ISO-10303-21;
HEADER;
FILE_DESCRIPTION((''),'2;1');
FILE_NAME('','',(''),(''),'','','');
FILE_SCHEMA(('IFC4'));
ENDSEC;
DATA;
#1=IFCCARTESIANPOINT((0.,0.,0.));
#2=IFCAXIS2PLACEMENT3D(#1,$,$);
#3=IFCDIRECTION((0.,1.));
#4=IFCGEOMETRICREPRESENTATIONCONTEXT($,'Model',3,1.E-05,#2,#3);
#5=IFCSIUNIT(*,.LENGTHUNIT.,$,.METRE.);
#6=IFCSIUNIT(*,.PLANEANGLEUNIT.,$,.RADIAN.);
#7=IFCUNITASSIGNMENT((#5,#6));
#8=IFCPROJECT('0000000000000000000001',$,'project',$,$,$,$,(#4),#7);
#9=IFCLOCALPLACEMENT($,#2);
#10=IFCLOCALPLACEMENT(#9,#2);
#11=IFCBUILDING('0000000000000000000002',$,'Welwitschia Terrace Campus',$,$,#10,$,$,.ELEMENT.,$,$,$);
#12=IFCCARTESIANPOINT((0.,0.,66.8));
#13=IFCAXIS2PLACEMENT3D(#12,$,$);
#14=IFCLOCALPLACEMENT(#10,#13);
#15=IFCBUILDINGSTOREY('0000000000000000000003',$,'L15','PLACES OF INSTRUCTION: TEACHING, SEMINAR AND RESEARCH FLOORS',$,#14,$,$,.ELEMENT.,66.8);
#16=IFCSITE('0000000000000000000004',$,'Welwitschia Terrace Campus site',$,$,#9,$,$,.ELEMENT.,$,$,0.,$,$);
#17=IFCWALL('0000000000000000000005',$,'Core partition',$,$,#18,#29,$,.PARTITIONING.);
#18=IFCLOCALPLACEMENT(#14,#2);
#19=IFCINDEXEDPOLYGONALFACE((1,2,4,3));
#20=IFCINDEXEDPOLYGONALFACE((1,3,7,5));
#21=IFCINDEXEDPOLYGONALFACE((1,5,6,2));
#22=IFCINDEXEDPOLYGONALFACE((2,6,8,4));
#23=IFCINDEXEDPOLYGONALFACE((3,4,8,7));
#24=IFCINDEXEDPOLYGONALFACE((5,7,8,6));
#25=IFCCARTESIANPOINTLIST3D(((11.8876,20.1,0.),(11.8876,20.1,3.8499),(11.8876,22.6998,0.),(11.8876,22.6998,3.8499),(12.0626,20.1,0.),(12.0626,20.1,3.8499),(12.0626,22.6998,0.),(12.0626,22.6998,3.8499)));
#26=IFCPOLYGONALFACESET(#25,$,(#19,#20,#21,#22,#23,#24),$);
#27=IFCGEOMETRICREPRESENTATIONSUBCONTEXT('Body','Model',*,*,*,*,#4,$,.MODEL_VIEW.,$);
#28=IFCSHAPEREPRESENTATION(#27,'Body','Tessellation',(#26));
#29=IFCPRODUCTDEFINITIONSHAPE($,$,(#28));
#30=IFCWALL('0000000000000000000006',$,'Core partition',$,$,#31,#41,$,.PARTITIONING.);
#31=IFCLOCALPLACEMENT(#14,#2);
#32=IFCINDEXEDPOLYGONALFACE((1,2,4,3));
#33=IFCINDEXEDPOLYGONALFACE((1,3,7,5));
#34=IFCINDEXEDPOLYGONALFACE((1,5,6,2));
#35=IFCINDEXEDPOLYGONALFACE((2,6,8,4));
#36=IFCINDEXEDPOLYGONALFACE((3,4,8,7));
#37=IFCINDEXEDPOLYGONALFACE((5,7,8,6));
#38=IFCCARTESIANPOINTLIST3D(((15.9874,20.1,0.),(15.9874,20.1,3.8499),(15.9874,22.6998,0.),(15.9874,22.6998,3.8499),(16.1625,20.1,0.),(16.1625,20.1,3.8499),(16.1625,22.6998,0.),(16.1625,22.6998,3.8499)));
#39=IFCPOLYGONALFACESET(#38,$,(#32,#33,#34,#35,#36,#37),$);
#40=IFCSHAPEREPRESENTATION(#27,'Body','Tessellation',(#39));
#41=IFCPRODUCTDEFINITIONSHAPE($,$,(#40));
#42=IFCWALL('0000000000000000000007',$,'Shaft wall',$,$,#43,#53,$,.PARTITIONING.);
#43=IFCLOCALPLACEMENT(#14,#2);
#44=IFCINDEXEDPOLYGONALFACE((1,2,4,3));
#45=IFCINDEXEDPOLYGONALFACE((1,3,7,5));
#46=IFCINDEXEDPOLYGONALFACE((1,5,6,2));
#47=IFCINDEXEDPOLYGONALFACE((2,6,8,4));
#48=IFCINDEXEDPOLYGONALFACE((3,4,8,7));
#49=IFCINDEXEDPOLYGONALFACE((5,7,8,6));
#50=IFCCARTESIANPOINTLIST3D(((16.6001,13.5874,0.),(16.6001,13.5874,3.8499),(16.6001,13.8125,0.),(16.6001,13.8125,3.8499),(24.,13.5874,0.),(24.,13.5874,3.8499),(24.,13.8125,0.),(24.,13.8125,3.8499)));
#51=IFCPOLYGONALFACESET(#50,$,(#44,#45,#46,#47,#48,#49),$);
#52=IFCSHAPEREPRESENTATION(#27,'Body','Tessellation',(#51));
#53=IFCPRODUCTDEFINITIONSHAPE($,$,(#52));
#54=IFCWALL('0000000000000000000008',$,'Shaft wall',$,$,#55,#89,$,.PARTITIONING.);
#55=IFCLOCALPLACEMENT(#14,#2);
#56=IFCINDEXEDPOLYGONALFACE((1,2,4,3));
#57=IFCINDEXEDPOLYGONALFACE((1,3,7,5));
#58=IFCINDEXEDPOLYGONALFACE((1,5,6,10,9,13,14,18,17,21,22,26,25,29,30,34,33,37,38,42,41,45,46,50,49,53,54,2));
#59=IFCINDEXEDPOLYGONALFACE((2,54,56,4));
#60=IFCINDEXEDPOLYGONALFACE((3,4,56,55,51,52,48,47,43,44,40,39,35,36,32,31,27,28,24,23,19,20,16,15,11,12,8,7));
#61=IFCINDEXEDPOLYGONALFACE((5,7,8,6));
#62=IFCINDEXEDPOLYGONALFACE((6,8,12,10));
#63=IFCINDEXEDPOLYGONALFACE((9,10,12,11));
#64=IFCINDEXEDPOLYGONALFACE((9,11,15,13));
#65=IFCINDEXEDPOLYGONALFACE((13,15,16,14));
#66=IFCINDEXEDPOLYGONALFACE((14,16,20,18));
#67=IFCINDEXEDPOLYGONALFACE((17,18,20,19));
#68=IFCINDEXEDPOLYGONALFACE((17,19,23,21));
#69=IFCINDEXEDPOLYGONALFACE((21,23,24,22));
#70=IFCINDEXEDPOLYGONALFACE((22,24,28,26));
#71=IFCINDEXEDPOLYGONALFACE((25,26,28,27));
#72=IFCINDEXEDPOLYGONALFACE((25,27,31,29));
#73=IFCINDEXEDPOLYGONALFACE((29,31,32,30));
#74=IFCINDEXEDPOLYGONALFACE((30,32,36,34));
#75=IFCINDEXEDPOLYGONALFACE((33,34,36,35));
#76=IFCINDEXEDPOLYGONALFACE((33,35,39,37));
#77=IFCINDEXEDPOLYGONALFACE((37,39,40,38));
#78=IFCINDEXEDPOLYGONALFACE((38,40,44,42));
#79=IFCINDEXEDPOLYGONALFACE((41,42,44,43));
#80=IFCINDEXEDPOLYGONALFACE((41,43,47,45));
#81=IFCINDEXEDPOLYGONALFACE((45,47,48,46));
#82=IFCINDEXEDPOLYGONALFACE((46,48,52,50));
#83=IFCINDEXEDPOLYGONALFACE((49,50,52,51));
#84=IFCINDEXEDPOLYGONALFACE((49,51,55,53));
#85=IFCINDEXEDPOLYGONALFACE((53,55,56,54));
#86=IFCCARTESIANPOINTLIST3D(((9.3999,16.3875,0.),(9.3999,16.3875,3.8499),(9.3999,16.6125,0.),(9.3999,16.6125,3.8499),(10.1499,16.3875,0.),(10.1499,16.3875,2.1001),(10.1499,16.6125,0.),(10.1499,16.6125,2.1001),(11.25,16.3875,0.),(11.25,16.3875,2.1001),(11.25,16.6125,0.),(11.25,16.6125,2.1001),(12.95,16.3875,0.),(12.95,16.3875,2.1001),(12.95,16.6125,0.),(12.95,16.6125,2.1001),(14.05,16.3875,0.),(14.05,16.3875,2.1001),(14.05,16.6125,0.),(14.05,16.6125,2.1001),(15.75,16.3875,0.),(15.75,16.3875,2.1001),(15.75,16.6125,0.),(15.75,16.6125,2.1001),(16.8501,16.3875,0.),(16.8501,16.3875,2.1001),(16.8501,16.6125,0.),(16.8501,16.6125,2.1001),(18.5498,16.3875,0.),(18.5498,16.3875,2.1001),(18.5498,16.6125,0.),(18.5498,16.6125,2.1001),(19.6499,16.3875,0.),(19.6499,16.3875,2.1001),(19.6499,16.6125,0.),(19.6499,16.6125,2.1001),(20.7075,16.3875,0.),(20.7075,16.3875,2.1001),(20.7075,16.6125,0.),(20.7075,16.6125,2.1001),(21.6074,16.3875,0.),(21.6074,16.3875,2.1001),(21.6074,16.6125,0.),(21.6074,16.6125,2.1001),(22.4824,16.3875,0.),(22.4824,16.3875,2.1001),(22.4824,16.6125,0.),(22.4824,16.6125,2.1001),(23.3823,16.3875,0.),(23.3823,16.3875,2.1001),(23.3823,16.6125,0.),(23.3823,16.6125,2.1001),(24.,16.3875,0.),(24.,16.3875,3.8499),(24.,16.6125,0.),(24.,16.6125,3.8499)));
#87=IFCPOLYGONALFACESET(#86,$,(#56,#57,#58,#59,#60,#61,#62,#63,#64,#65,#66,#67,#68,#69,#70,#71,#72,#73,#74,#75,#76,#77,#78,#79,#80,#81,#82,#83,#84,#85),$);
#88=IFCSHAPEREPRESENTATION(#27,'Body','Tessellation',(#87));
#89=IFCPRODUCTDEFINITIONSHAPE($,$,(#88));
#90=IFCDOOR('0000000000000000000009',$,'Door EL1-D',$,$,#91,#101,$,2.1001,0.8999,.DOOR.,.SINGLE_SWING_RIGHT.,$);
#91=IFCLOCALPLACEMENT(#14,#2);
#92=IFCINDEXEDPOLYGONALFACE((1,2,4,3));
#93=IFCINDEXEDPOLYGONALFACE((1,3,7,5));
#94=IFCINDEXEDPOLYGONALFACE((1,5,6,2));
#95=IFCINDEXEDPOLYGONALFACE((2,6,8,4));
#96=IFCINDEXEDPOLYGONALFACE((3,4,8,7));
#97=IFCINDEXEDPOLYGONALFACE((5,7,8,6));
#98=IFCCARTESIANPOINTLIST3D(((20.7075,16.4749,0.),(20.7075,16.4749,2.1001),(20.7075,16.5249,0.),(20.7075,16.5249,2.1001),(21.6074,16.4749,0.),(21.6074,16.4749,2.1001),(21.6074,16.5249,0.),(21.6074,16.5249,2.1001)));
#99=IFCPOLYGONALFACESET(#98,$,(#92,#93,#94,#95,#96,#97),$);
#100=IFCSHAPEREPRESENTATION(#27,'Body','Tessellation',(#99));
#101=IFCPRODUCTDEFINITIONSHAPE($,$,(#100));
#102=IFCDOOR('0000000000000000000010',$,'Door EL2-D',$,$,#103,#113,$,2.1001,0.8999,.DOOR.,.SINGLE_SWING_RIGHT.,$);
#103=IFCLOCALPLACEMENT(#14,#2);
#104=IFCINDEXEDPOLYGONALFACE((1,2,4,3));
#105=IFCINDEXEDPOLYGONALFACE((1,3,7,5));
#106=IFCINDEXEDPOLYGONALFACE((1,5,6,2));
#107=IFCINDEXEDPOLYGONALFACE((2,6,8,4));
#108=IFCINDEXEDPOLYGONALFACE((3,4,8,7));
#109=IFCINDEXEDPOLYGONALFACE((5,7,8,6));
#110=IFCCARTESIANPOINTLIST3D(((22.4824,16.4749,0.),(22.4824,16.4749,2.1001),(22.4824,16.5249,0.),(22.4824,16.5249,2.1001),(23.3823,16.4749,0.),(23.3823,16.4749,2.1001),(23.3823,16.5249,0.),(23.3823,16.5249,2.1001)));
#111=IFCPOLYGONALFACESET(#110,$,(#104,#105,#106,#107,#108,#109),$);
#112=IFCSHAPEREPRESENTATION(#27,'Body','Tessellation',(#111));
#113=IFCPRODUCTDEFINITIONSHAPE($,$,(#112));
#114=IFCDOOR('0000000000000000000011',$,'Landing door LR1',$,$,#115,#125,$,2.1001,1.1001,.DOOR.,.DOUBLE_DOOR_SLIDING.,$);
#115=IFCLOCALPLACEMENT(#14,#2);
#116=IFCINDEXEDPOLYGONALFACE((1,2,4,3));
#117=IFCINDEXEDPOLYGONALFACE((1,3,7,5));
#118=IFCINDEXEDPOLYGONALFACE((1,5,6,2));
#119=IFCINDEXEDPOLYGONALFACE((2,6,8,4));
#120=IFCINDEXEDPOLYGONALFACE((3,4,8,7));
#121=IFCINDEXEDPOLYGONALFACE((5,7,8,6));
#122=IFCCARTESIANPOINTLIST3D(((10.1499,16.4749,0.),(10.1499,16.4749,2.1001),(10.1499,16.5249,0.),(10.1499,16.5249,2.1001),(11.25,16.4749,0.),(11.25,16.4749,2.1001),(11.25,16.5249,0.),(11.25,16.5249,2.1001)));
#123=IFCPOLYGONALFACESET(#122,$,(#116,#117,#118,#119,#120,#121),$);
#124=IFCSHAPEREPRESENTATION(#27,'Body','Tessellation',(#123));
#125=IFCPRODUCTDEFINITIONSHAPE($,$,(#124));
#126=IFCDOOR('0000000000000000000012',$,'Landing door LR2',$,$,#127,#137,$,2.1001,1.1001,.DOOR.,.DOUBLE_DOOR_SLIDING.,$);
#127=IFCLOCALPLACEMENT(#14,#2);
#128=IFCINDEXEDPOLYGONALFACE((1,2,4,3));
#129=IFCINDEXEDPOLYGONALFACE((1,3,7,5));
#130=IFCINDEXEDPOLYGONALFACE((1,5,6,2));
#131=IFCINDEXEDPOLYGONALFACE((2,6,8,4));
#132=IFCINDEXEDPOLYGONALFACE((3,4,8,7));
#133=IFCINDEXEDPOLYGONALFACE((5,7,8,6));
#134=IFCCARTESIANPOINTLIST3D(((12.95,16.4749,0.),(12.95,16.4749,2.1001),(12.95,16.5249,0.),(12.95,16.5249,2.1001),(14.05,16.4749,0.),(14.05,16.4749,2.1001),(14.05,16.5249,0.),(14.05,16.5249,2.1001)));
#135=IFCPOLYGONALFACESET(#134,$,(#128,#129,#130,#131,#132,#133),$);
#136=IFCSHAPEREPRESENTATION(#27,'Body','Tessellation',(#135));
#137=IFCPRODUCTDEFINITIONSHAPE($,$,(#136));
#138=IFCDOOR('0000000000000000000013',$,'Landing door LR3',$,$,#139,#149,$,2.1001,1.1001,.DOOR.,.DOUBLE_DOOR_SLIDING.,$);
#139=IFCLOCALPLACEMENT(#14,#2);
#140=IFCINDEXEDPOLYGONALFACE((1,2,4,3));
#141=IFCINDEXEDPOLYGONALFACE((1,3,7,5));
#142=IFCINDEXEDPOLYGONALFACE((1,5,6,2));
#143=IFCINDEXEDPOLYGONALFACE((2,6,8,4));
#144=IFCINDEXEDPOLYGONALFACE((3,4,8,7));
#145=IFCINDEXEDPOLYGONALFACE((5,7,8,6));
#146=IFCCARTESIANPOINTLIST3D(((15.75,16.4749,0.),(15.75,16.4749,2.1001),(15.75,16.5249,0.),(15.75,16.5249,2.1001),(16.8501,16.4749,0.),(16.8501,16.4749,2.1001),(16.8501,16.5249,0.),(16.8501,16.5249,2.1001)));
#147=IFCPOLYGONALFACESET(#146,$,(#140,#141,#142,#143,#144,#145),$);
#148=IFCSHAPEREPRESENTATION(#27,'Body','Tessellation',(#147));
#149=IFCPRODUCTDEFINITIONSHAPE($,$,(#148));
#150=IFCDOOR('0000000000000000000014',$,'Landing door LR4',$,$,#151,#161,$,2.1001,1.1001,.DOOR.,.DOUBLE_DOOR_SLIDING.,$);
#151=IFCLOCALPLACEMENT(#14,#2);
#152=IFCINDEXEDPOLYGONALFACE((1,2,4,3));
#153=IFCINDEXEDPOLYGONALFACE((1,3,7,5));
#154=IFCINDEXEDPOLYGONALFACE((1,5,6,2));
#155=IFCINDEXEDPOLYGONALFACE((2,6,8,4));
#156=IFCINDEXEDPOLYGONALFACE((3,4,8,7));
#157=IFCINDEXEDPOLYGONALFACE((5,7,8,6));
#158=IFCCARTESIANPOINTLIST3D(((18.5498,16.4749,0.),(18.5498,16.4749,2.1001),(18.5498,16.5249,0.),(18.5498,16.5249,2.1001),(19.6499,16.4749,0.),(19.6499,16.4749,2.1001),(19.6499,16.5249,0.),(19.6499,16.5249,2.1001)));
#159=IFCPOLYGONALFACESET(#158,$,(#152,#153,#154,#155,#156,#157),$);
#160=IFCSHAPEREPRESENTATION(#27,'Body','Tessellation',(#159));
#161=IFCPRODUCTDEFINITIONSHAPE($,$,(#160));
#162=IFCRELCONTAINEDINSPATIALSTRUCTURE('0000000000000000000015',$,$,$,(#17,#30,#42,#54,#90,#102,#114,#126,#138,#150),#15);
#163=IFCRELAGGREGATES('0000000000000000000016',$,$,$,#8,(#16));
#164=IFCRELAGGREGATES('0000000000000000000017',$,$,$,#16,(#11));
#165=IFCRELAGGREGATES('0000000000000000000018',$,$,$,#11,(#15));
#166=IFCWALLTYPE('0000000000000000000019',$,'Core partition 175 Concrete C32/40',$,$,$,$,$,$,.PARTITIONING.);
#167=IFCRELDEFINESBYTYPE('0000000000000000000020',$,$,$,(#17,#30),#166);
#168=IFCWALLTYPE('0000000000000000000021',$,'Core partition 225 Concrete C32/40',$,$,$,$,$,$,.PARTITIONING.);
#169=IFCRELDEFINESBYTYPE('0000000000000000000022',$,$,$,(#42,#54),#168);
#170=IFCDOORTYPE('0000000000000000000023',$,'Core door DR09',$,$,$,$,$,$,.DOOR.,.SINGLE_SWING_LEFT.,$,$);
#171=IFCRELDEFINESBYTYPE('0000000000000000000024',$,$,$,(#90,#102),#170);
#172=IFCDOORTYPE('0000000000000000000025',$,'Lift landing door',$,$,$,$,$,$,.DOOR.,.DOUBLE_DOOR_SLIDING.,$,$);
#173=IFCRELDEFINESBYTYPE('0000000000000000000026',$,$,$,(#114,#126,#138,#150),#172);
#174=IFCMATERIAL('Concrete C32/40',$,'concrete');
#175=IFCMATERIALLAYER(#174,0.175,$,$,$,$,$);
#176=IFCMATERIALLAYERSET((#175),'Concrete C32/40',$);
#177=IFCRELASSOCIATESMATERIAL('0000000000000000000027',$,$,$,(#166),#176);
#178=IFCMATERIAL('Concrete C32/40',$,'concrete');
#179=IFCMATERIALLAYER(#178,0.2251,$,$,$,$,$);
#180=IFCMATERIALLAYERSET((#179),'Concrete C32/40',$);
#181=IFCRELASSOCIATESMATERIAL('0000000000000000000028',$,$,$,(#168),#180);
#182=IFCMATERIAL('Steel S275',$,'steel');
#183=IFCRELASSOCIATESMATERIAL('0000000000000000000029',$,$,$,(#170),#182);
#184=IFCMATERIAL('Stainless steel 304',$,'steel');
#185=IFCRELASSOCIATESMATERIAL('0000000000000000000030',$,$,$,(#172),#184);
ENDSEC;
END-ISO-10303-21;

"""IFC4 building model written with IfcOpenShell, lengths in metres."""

from ifc_helpers import new_model, si_unit, direction, frame, frame_2d, origin, place, context, subcontext, project, spatial, rectangle, extrude, material, layer, layer_set, type_object, element, fill, save


model = new_model("IFC4")

# Units and contexts
model_context = context("Model", 3, precision=1e-05, world=origin(), true_north=direction((0.0, 1.0)))
body_context = subcontext(model_context, "Body", "Model", "MODEL_VIEW")
ifc_project = project(units=[si_unit("LENGTHUNIT", "METRE"), si_unit("PLANEANGLEUNIT", "RADIAN")], contexts=[model_context])

# Site, building, storey
site_placement = place(None, origin())
site = spatial("IfcSite", under=ifc_project, at=site_placement, Name="Welwitschia Terrace Campus site", CompositionType="ELEMENT", RefElevation=0.0)
building_placement = place(site_placement, origin())
building = spatial("IfcBuilding", under=site, at=building_placement, Name="Welwitschia Terrace Campus", CompositionType="ELEMENT")
storey_placement = place(building_placement, frame((0.0, 0.0, 66.8)))
storey = spatial("IfcBuildingStorey", under=building, at=storey_placement, Name="L15", Description="PLACES OF INSTRUCTION: TEACHING, SEMINAR AND RESEARCH FLOORS", CompositionType="ELEMENT", Elevation=66.8)

# Walls
ifc_material_1 = material(Name="Concrete C32/40", Category="concrete")
ifc_layer_1 = layer(ifc_material_1, 0.175)
ifc_layer_set_1 = layer_set([ifc_layer_1], Name="Concrete C32/40")
wall_type_1 = type_object("IfcWallType", Name="Core partition 175 Concrete C32/40", PredefinedType="PARTITIONING", material=ifc_layer_set_1)
for number, where, z_axis, x_axis, name in (
    (1, (11.9751, 20.1001, 0.0), (0.0, 0.0, 1.0), (0.0, 1.0, 0.0), "Core partition"),
    (2, (16.075, 20.1001, 0.0), (0.0, 0.0, 1.0), (0.0, 1.0, 0.0), "Core partition"),
):
    element("IfcWall", number, at=place(storey_placement, frame(where, z_axis=z_axis, x_axis=x_axis)), inside=storey, type_object=wall_type_1, Name=name, PredefinedType="PARTITIONING", context=body_context, shape_type="SweptSolid", body=[
        extrude(rectangle(XDim=2.5999, YDim=0.175, at=frame_2d((1.2998, 0.0))), origin(), (0.0, 0.0, 1.0), 3.8499),
    ])
ifc_material_2 = material(Name="Concrete C32/40", Category="concrete")
ifc_layer_2 = layer(ifc_material_2, 0.2251)
ifc_layer_set_2 = layer_set([ifc_layer_2], Name="Concrete C32/40")
wall_type_2 = type_object("IfcWallType", Name="Core partition 225 Concrete C32/40", PredefinedType="PARTITIONING", material=ifc_layer_set_2)
wall_1_placement = place(storey_placement, frame((16.6001, 13.7, 0.0), z_axis=(0.0, 0.0, 1.0), x_axis=(1.0, 0.0, 0.0)))
element("IfcWall", 3, at=wall_1_placement, inside=storey, type_object=wall_type_2, Name="Shaft wall", PredefinedType="PARTITIONING", context=body_context, shape_type="SweptSolid", body=[
    extrude(rectangle(XDim=7.3999, YDim=0.2251, at=frame_2d((3.7, 0.0))), origin(), (0.0, 0.0, 1.0), 3.8499),
])

# Wall, openings, doors
wall_2_placement = place(storey_placement, frame((9.3999, 16.5, 0.0), z_axis=(0.0, 0.0, 1.0), x_axis=(1.0, 0.0, 0.0)))
wall_2 = element("IfcWall", 4, at=wall_2_placement, inside=storey, type_object=wall_type_2, Name="Shaft wall", PredefinedType="PARTITIONING", context=body_context, shape_type="SweptSolid", body=[
    extrude(rectangle(XDim=14.6001, YDim=0.2251, at=frame_2d((7.3, 0.0))), origin(), (0.0, 0.0, 1.0), 3.8499),
])
opening_1_placement = place(wall_2_placement, frame((0.75, 0.0, 0.0)))
opening_1 = element("IfcOpeningElement", 5, at=opening_1_placement, cuts=wall_2, PredefinedType="OPENING", context=body_context, shape_type="SweptSolid", body=[
    extrude(rectangle(XDim=1.1001, YDim=2.1001, at=frame_2d((0.55, 1.05))), frame((0.0, 0.1226, 0.0), z_axis=(0.0, -1.0, 0.0), x_axis=(1.0, 0.0, 0.0)), (0.0, 0.0, 1.0), 0.2451),
])
opening_2_placement = place(wall_2_placement, frame((3.55, 0.0, 0.0)))
opening_2 = element("IfcOpeningElement", 6, at=opening_2_placement, cuts=wall_2, PredefinedType="OPENING", context=body_context, shape_type="SweptSolid", body=[
    extrude(rectangle(XDim=1.1001, YDim=2.1001, at=frame_2d((0.55, 1.05))), frame((0.0, 0.1226, 0.0), z_axis=(0.0, -1.0, 0.0), x_axis=(1.0, 0.0, 0.0)), (0.0, 0.0, 1.0), 0.2451),
])
opening_3_placement = place(wall_2_placement, frame((6.3501, 0.0, 0.0)))
opening_3 = element("IfcOpeningElement", 7, at=opening_3_placement, cuts=wall_2, PredefinedType="OPENING", context=body_context, shape_type="SweptSolid", body=[
    extrude(rectangle(XDim=1.1001, YDim=2.1001, at=frame_2d((0.55, 1.05))), frame((0.0, 0.1226, 0.0), z_axis=(0.0, -1.0, 0.0), x_axis=(1.0, 0.0, 0.0)), (0.0, 0.0, 1.0), 0.2451),
])
opening_4_placement = place(wall_2_placement, frame((9.1499, 0.0, 0.0)))
opening_4 = element("IfcOpeningElement", 8, at=opening_4_placement, cuts=wall_2, PredefinedType="OPENING", context=body_context, shape_type="SweptSolid", body=[
    extrude(rectangle(XDim=1.1001, YDim=2.1001, at=frame_2d((0.55, 1.05))), frame((0.0, 0.1226, 0.0), z_axis=(0.0, -1.0, 0.0), x_axis=(1.0, 0.0, 0.0)), (0.0, 0.0, 1.0), 0.2451),
])
opening_5_placement = place(wall_2_placement, frame((11.3076, 0.0, 0.0)))
opening_5 = element("IfcOpeningElement", 9, at=opening_5_placement, cuts=wall_2, PredefinedType="OPENING", context=body_context, shape_type="SweptSolid", body=[
    extrude(rectangle(XDim=0.8999, YDim=2.1001, at=frame_2d((0.45, 1.05))), frame((0.0, 0.1226, 0.0), z_axis=(0.0, -1.0, 0.0), x_axis=(1.0, 0.0, 0.0)), (0.0, 0.0, 1.0), 0.2451),
])
opening_6_placement = place(wall_2_placement, frame((13.0825, 0.0, 0.0)))
opening_6 = element("IfcOpeningElement", 10, at=opening_6_placement, cuts=wall_2, PredefinedType="OPENING", context=body_context, shape_type="SweptSolid", body=[
    extrude(rectangle(XDim=0.8999, YDim=2.1001, at=frame_2d((0.45, 1.05))), frame((0.0, 0.1226, 0.0), z_axis=(0.0, -1.0, 0.0), x_axis=(1.0, 0.0, 0.0)), (0.0, 0.0, 1.0), 0.2451),
])
ifc_material_3 = material(Name="Steel S275", Category="steel")
door_type_1 = type_object("IfcDoorType", Name="Core door DR09", OperationType="SINGLE_SWING_LEFT", PredefinedType="DOOR", material=ifc_material_3)
door_1_placement = place(opening_5_placement, origin())
door_1 = element("IfcDoor", 11, at=door_1_placement, inside=storey, type_object=door_type_1, Name="Door EL1-D", OperationType="SINGLE_SWING_RIGHT", OverallHeight=2.1001, OverallWidth=0.8999, PredefinedType="DOOR", context=body_context, shape_type="SweptSolid", body=[
    extrude(rectangle(XDim=0.8999, YDim=2.1001, at=frame_2d((0.45, 1.05))), frame((0.0, 0.0249, 0.0), z_axis=(0.0, -1.0, 0.0), x_axis=(1.0, 0.0, 0.0)), (0.0, 0.0, 1.0), 0.05),
])
fill(opening_5, door_1)
door_2_placement = place(opening_6_placement, origin())
door_2 = element("IfcDoor", 12, at=door_2_placement, inside=storey, type_object=door_type_1, Name="Door EL2-D", OperationType="SINGLE_SWING_RIGHT", OverallHeight=2.1001, OverallWidth=0.8999, PredefinedType="DOOR", context=body_context, shape_type="SweptSolid", body=[
    extrude(rectangle(XDim=0.8999, YDim=2.1001, at=frame_2d((0.45, 1.05))), frame((0.0, 0.0249, 0.0), z_axis=(0.0, -1.0, 0.0), x_axis=(1.0, 0.0, 0.0)), (0.0, 0.0, 1.0), 0.05),
])
fill(opening_6, door_2)
ifc_material_4 = material(Name="Stainless steel 304", Category="steel")
door_type_2 = type_object("IfcDoorType", Name="Lift landing door", OperationType="DOUBLE_DOOR_SLIDING", PredefinedType="DOOR", material=ifc_material_4)
door_3_placement = place(opening_1_placement, origin())
door_3 = element("IfcDoor", 13, at=door_3_placement, inside=storey, type_object=door_type_2, Name="Landing door LR1", OperationType="DOUBLE_DOOR_SLIDING", OverallHeight=2.1001, OverallWidth=1.1001, PredefinedType="DOOR", context=body_context, shape_type="SweptSolid", body=[
    extrude(rectangle(XDim=1.1001, YDim=2.1001, at=frame_2d((0.55, 1.05))), frame((0.0, 0.0249, 0.0), z_axis=(0.0, -1.0, 0.0), x_axis=(1.0, 0.0, 0.0)), (0.0, 0.0, 1.0), 0.05),
])
fill(opening_1, door_3)
door_4_placement = place(opening_2_placement, origin())
door_4 = element("IfcDoor", 14, at=door_4_placement, inside=storey, type_object=door_type_2, Name="Landing door LR2", OperationType="DOUBLE_DOOR_SLIDING", OverallHeight=2.1001, OverallWidth=1.1001, PredefinedType="DOOR", context=body_context, shape_type="SweptSolid", body=[
    extrude(rectangle(XDim=1.1001, YDim=2.1001, at=frame_2d((0.55, 1.05))), frame((0.0, 0.0249, 0.0), z_axis=(0.0, -1.0, 0.0), x_axis=(1.0, 0.0, 0.0)), (0.0, 0.0, 1.0), 0.05),
])
fill(opening_2, door_4)
door_5_placement = place(opening_3_placement, origin())
door_5 = element("IfcDoor", 15, at=door_5_placement, inside=storey, type_object=door_type_2, Name="Landing door LR3", OperationType="DOUBLE_DOOR_SLIDING", OverallHeight=2.1001, OverallWidth=1.1001, PredefinedType="DOOR", context=body_context, shape_type="SweptSolid", body=[
    extrude(rectangle(XDim=1.1001, YDim=2.1001, at=frame_2d((0.55, 1.05))), frame((0.0, 0.0249, 0.0), z_axis=(0.0, -1.0, 0.0), x_axis=(1.0, 0.0, 0.0)), (0.0, 0.0, 1.0), 0.05),
])
fill(opening_3, door_5)
door_6_placement = place(opening_4_placement, origin())
door_6 = element("IfcDoor", 16, at=door_6_placement, inside=storey, type_object=door_type_2, Name="Landing door LR4", OperationType="DOUBLE_DOOR_SLIDING", OverallHeight=2.1001, OverallWidth=1.1001, PredefinedType="DOOR", context=body_context, shape_type="SweptSolid", body=[
    extrude(rectangle(XDim=1.1001, YDim=2.1001, at=frame_2d((0.55, 1.05))), frame((0.0, 0.0249, 0.0), z_axis=(0.0, -1.0, 0.0), x_axis=(1.0, 0.0, 0.0)), (0.0, 0.0, 1.0), 0.05),
])
fill(opening_4, door_6)

save(model, "model.ifc")
